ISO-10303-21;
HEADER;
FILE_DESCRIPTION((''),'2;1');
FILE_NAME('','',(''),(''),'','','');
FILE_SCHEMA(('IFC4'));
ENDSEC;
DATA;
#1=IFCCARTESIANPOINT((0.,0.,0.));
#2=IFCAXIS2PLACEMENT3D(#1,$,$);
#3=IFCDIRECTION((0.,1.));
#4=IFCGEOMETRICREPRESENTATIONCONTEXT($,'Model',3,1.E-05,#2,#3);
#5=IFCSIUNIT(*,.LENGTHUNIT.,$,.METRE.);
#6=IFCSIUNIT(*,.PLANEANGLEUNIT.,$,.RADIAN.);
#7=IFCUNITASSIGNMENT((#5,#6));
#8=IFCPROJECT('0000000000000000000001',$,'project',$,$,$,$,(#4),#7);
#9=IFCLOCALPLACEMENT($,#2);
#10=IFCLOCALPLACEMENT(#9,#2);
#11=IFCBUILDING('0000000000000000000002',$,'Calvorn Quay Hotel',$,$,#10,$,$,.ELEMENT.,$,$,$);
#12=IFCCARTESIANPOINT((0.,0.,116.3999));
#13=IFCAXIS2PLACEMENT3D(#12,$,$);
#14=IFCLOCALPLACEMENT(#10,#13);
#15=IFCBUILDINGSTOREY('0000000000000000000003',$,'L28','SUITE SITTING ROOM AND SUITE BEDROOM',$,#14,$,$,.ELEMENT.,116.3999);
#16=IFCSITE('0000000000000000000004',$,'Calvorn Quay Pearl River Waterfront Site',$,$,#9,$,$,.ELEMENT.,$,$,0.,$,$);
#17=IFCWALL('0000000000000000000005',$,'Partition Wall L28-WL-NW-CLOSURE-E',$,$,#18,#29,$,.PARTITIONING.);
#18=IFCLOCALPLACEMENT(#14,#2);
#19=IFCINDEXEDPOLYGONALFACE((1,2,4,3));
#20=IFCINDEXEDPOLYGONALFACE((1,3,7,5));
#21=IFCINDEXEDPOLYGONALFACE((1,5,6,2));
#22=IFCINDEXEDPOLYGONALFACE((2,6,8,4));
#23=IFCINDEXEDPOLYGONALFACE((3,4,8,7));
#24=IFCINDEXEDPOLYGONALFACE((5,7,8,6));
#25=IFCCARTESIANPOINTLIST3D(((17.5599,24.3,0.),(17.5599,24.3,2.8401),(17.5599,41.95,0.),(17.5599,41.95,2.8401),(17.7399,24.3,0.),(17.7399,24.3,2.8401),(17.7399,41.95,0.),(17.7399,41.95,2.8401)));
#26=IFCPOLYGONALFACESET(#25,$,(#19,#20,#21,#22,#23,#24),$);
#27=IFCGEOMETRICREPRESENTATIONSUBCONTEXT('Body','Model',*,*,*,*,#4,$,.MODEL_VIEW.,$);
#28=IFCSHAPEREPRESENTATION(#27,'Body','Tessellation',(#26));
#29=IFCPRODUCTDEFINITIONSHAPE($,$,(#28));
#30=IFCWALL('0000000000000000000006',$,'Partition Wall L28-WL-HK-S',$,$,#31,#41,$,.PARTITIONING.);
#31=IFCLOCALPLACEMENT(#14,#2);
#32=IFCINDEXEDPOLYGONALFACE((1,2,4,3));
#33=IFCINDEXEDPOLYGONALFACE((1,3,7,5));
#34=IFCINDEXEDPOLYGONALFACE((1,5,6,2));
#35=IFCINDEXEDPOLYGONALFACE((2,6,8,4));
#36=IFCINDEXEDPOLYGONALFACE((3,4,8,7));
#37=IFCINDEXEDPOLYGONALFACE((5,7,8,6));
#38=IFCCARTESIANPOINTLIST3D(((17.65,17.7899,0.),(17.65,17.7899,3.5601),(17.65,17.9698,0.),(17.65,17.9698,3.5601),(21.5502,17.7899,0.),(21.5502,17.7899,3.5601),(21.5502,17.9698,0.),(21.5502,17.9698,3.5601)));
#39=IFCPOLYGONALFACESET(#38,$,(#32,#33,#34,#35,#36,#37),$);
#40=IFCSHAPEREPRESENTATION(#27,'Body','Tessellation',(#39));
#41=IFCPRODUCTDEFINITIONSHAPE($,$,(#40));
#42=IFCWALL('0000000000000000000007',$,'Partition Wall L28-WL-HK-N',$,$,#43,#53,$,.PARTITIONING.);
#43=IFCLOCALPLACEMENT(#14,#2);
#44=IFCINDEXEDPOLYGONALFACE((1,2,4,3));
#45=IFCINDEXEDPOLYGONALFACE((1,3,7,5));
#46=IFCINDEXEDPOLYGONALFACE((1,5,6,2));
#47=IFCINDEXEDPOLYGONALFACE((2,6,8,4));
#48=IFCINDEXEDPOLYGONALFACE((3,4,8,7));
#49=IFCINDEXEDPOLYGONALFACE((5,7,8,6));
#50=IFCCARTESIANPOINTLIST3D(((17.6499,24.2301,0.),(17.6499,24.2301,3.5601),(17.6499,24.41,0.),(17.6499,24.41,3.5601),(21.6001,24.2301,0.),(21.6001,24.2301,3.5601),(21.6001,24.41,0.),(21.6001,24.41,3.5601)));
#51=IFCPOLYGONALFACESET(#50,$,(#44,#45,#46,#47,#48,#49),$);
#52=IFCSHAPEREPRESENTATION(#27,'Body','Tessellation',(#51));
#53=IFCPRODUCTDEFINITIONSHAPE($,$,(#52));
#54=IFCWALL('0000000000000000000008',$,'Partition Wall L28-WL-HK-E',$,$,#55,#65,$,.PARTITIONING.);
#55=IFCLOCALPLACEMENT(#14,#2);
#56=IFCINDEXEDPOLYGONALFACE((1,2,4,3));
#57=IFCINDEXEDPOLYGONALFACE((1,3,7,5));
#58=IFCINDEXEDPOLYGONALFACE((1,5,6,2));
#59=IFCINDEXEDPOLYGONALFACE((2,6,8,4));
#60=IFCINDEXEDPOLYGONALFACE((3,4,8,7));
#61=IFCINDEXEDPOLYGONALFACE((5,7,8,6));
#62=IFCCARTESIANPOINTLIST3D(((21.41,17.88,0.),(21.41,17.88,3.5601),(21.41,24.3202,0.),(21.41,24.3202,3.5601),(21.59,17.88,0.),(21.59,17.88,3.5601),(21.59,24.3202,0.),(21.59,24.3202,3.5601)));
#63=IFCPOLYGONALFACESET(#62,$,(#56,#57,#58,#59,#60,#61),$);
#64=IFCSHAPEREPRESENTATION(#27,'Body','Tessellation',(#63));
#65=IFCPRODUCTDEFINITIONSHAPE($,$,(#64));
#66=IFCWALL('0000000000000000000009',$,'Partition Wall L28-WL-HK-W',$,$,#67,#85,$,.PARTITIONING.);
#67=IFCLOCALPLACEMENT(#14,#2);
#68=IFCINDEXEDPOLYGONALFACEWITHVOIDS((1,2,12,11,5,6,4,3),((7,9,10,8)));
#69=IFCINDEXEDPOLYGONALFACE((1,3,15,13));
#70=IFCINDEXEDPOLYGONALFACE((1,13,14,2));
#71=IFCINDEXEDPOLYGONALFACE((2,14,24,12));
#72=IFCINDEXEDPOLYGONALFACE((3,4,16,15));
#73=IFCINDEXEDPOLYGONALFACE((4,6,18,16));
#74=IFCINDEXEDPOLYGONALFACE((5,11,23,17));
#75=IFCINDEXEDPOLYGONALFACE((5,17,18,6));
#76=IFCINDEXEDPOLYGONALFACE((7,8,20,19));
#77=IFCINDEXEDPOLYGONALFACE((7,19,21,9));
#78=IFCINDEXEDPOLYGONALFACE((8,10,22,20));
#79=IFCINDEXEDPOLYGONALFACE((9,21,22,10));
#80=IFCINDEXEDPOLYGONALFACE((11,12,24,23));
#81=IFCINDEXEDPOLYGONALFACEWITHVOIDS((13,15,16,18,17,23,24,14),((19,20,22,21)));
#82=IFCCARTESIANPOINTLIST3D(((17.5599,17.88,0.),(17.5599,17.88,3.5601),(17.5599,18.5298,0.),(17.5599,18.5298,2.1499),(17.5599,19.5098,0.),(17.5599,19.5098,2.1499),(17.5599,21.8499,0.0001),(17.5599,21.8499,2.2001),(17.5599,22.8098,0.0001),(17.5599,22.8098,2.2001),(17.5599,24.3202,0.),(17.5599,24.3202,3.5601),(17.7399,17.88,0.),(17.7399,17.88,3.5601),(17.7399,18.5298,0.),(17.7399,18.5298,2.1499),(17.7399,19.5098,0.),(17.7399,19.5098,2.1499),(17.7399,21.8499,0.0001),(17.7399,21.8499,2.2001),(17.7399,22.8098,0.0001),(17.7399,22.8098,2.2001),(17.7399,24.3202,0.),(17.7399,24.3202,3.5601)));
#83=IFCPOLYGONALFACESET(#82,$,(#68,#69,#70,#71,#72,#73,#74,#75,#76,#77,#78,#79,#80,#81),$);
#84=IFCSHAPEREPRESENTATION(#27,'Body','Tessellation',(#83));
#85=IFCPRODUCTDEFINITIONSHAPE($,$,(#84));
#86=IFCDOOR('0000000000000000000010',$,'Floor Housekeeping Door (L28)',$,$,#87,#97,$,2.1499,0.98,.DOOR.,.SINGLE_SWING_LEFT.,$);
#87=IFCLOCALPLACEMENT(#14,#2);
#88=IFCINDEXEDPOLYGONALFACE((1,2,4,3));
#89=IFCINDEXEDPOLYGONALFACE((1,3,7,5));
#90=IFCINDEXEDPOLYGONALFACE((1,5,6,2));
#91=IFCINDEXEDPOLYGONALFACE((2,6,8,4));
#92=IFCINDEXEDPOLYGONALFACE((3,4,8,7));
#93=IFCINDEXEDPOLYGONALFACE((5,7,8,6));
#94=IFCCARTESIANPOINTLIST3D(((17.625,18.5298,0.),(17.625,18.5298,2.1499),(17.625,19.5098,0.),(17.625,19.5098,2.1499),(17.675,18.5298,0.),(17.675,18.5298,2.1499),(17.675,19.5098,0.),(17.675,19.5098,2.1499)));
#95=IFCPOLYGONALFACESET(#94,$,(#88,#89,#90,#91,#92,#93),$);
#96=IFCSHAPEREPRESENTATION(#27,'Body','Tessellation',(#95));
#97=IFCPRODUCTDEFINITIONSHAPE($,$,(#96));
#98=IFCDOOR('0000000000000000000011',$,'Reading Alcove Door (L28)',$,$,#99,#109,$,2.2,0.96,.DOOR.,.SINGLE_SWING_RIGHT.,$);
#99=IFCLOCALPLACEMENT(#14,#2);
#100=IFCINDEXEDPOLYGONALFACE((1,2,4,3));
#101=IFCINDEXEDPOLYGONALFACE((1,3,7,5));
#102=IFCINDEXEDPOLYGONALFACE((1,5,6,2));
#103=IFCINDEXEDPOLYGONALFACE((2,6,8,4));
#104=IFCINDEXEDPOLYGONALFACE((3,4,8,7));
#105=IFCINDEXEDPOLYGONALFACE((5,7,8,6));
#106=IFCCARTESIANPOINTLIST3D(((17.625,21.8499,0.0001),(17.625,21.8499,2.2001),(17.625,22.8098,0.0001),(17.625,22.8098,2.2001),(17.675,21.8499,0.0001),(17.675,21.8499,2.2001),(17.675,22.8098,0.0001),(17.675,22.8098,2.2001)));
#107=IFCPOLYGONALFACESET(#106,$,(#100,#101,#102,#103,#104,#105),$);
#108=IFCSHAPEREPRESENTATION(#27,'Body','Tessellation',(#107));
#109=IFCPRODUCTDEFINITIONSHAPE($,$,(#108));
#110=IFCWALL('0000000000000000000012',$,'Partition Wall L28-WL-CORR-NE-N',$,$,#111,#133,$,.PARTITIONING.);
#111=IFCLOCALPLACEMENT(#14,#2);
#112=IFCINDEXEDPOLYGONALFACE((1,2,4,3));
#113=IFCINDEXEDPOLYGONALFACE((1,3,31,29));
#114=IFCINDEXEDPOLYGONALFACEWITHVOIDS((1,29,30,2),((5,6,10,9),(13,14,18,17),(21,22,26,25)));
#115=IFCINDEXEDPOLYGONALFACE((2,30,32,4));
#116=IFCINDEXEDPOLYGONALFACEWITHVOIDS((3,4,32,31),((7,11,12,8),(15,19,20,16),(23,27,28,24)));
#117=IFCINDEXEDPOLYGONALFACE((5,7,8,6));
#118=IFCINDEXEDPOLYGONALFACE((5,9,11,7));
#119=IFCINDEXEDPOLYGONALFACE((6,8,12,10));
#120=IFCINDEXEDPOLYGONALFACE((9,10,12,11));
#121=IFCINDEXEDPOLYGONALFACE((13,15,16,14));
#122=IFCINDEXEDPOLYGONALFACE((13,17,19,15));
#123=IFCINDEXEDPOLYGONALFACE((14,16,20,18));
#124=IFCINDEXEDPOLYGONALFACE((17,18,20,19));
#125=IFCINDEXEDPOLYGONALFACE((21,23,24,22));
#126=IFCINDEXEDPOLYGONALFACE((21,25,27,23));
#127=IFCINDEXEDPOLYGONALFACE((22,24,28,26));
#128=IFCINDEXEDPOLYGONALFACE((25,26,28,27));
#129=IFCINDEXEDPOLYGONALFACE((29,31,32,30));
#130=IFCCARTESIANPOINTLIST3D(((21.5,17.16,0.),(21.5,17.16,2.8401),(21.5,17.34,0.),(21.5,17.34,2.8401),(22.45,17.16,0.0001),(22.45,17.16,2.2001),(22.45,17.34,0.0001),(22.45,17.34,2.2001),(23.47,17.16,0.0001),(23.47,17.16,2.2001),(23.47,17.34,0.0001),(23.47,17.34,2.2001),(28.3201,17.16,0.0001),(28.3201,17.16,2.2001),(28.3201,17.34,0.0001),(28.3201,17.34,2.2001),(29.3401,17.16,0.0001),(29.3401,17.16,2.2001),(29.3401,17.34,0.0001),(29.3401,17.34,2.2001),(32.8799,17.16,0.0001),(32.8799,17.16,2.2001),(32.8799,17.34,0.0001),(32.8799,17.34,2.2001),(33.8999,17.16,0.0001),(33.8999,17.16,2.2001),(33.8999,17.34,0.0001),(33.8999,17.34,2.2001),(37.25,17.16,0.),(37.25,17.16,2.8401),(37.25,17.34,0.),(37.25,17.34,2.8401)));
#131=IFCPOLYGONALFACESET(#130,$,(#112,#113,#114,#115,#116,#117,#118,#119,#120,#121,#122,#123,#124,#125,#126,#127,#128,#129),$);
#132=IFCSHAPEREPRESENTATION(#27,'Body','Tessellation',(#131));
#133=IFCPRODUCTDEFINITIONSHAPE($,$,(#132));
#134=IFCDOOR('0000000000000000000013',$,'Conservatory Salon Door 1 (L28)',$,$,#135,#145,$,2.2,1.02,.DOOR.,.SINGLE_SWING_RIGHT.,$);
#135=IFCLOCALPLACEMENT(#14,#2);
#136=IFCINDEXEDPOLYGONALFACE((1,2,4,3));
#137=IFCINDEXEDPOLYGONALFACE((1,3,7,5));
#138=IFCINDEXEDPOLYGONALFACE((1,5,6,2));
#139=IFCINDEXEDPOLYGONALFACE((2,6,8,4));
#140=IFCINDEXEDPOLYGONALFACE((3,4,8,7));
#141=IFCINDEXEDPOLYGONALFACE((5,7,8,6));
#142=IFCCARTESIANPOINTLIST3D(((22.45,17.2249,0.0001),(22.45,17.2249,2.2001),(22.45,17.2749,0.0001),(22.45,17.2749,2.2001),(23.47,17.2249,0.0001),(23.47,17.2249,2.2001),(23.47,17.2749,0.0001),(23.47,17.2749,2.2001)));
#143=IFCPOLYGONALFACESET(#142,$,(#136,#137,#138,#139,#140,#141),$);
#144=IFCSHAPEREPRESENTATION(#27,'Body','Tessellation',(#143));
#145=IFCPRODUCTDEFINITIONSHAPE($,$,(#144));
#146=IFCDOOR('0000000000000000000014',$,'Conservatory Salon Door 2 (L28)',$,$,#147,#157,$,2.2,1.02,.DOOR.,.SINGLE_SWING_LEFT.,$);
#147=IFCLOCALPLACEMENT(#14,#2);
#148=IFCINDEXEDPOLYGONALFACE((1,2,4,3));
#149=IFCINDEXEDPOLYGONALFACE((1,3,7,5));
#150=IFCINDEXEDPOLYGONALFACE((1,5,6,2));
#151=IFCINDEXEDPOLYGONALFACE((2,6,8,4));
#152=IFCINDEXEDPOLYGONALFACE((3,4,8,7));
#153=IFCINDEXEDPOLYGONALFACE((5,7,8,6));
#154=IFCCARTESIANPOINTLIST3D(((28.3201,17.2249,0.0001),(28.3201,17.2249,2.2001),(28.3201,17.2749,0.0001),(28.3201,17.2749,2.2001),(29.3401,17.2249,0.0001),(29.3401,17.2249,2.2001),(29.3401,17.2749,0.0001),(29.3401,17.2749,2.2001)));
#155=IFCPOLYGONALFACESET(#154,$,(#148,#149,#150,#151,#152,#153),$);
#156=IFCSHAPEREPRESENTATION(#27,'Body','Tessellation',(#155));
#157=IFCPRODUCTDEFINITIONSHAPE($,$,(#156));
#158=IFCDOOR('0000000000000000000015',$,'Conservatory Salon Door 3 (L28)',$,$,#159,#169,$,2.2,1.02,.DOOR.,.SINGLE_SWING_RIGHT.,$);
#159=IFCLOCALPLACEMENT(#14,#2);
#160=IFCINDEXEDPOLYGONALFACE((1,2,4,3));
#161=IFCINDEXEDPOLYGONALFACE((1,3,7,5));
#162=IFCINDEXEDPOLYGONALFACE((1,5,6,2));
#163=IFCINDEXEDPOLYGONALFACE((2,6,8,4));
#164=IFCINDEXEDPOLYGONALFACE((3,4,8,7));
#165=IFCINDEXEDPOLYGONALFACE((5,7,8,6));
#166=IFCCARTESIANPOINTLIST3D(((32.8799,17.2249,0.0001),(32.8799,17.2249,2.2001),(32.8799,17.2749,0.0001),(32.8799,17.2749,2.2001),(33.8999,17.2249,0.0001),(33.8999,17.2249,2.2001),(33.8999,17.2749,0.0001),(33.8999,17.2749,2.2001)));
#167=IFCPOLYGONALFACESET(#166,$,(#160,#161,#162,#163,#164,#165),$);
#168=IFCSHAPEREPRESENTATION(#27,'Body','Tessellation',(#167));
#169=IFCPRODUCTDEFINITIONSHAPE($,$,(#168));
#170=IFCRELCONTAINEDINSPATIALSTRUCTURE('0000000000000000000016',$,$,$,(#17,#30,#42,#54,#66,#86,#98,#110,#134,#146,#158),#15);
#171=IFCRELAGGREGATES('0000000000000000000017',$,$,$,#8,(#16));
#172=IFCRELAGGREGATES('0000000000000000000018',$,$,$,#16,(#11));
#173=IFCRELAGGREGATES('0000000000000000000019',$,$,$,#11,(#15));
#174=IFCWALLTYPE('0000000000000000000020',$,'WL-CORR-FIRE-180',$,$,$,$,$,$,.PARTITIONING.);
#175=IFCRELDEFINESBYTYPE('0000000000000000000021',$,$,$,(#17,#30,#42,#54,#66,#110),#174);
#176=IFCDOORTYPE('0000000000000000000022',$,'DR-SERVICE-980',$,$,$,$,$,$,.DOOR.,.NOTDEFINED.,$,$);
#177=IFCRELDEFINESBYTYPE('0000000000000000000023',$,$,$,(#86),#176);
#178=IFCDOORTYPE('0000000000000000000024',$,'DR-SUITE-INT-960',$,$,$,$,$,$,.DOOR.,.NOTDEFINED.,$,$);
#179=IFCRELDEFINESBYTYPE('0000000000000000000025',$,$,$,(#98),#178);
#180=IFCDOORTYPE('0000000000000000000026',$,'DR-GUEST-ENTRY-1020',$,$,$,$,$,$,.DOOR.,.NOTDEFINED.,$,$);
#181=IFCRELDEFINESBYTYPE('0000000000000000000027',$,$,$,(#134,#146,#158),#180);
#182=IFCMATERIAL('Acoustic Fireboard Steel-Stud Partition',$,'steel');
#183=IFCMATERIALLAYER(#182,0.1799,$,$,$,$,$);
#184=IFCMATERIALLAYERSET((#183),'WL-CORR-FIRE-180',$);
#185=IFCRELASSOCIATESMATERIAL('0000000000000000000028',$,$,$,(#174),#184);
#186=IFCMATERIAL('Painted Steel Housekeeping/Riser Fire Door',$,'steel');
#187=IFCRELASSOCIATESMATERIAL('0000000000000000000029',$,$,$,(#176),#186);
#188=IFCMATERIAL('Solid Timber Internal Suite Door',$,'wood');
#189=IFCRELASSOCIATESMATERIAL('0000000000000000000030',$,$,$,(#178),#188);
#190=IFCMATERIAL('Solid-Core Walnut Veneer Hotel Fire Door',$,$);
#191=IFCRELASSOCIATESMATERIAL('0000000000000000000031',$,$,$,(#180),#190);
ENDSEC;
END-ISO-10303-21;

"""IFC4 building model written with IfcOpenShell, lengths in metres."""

from ifc_helpers import new_model, si_unit, direction, frame, frame_2d, origin, place, context, subcontext, project, spatial, rectangle, extrude, material, layer, layer_set, type_object, element, fill, save


model = new_model("IFC4")

# Units and contexts
model_context = context("Model", 3, precision=1e-05, world=origin(), true_north=direction((0.0, 1.0)))
body_context = subcontext(model_context, "Body", "Model", "MODEL_VIEW")
ifc_project = project(units=[si_unit("LENGTHUNIT", "METRE"), si_unit("PLANEANGLEUNIT", "RADIAN")], contexts=[model_context])

# Site, building, storey
site_placement = place(None, origin())
site = spatial("IfcSite", under=ifc_project, at=site_placement, Name="Calvorn Quay Pearl River Waterfront Site", CompositionType="ELEMENT", RefElevation=0.0)
building_placement = place(site_placement, origin())
building = spatial("IfcBuilding", under=site, at=building_placement, Name="Calvorn Quay Hotel", CompositionType="ELEMENT")
storey_placement = place(building_placement, frame((0.0, 0.0, 116.3999)))
storey = spatial("IfcBuildingStorey", under=building, at=storey_placement, Name="L28", Description="SUITE SITTING ROOM AND SUITE BEDROOM", CompositionType="ELEMENT", Elevation=116.3999)

# Walls
ifc_material_1 = material(Name="Acoustic Fireboard Steel-Stud Partition", Category="steel")
ifc_layer_1 = layer(ifc_material_1, 0.1799)
ifc_layer_set_1 = layer_set([ifc_layer_1], Name="WL-CORR-FIRE-180")
wall_type_1 = type_object("IfcWallType", Name="WL-CORR-FIRE-180", PredefinedType="PARTITIONING", material=ifc_layer_set_1)
wall_1_placement = place(storey_placement, frame((17.6499, 24.3, 0.0), z_axis=(0.0, 0.0, 1.0), x_axis=(0.0, 1.0, 0.0)))
element("IfcWall", 1, at=wall_1_placement, inside=storey, type_object=wall_type_1, Name="Partition Wall L28-WL-NW-CLOSURE-E", PredefinedType="PARTITIONING", context=body_context, shape_type="SweptSolid", body=[
    extrude(rectangle(XDim=17.6499, YDim=0.1799, at=frame_2d((8.825, 0.0))), origin(), (0.0, 0.0, 1.0), 2.8401),
])
wall_2_placement = place(storey_placement, frame((17.6499, 17.8799, 0.0), z_axis=(0.0, 0.0, 1.0), x_axis=(1.0, 0.0, 0.0)))
element("IfcWall", 2, at=wall_2_placement, inside=storey, type_object=wall_type_1, Name="Partition Wall L28-WL-HK-S", PredefinedType="PARTITIONING", context=body_context, shape_type="SweptSolid", body=[
    extrude(rectangle(XDim=3.9001, YDim=0.1799, at=frame_2d((1.9502, 0.0))), origin(), (0.0, 0.0, 1.0), 3.5601),
])
wall_3_placement = place(storey_placement, frame((17.6499, 24.3201, 0.0), z_axis=(0.0, 0.0, 1.0), x_axis=(1.0, 0.0, 0.0)))
element("IfcWall", 3, at=wall_3_placement, inside=storey, type_object=wall_type_1, Name="Partition Wall L28-WL-HK-N", PredefinedType="PARTITIONING", context=body_context, shape_type="SweptSolid", body=[
    extrude(rectangle(XDim=3.9502, YDim=0.1799, at=frame_2d((1.9751, 0.0))), origin(), (0.0, 0.0, 1.0), 3.5601),
])
wall_4_placement = place(storey_placement, frame((21.5, 17.8799, 0.0), z_axis=(0.0, 0.0, 1.0), x_axis=(0.0, 1.0, 0.0)))
element("IfcWall", 4, at=wall_4_placement, inside=storey, type_object=wall_type_1, Name="Partition Wall L28-WL-HK-E", PredefinedType="PARTITIONING", context=body_context, shape_type="SweptSolid", body=[
    extrude(rectangle(XDim=6.4402, YDim=0.1799, at=frame_2d((3.2202, 0.0))), origin(), (0.0, 0.0, 1.0), 3.5601),
])

# Walls, openings, doors
wall_5_placement = place(storey_placement, frame((17.6499, 17.8799, 0.0), z_axis=(0.0, 0.0, 1.0), x_axis=(0.0, 1.0, 0.0)))
wall_5 = element("IfcWall", 5, at=wall_5_placement, inside=storey, type_object=wall_type_1, Name="Partition Wall L28-WL-HK-W", PredefinedType="PARTITIONING", context=body_context, shape_type="SweptSolid", body=[
    extrude(rectangle(XDim=6.4402, YDim=0.1799, at=frame_2d((3.2202, 0.0))), origin(), (0.0, 0.0, 1.0), 3.5601),
])
opening_1_placement = place(wall_5_placement, frame((0.6499, 0.0, 0.0)))
opening_1 = element("IfcOpeningElement", 6, at=opening_1_placement, cuts=wall_5, PredefinedType="OPENING", context=body_context, shape_type="SweptSolid", body=[
    extrude(rectangle(XDim=0.98, YDim=2.1499, at=frame_2d((0.49, 1.075))), frame((0.0, 0.0999, 0.0), z_axis=(0.0, -1.0, 0.0), x_axis=(1.0, 0.0, 0.0)), (0.0, 0.0, 1.0), 0.2),
])
opening_2_placement = place(wall_5_placement, frame((3.97, 0.0, 0.0)))
opening_2 = element("IfcOpeningElement", 7, at=opening_2_placement, cuts=wall_5, PredefinedType="OPENING", context=body_context, shape_type="SweptSolid", body=[
    extrude(rectangle(XDim=0.96, YDim=2.2, at=frame_2d((0.48, 1.1001))), frame((0.0, 0.0999, 0.0), z_axis=(0.0, -1.0, 0.0), x_axis=(1.0, 0.0, 0.0)), (0.0, 0.0, 1.0), 0.2),
])
ifc_material_2 = material(Name="Painted Steel Housekeeping/Riser Fire Door", Category="steel")
door_type_1 = type_object("IfcDoorType", Name="DR-SERVICE-980", OperationType="NOTDEFINED", PredefinedType="DOOR", material=ifc_material_2)
door_1_placement = place(opening_1_placement, origin())
door_1 = element("IfcDoor", 8, at=door_1_placement, inside=storey, type_object=door_type_1, Name="Floor Housekeeping Door (L28)", OperationType="SINGLE_SWING_LEFT", OverallHeight=2.1499, OverallWidth=0.98, PredefinedType="DOOR", context=body_context, shape_type="SweptSolid", body=[
    extrude(rectangle(XDim=0.98, YDim=2.1499, at=frame_2d((0.49, 1.075))), frame((0.0, 0.0249, 0.0), z_axis=(0.0, -1.0, 0.0), x_axis=(1.0, 0.0, 0.0)), (0.0, 0.0, 1.0), 0.05),
])
fill(opening_1, door_1)
ifc_material_3 = material(Name="Solid Timber Internal Suite Door", Category="wood")
door_type_2 = type_object("IfcDoorType", Name="DR-SUITE-INT-960", OperationType="NOTDEFINED", PredefinedType="DOOR", material=ifc_material_3)
door_2_placement = place(opening_2_placement, origin())
door_2 = element("IfcDoor", 9, at=door_2_placement, inside=storey, type_object=door_type_2, Name="Reading Alcove Door (L28)", OperationType="SINGLE_SWING_RIGHT", OverallHeight=2.2, OverallWidth=0.96, PredefinedType="DOOR", context=body_context, shape_type="SweptSolid", body=[
    extrude(rectangle(XDim=0.96, YDim=2.2, at=frame_2d((0.48, 1.1001))), frame((0.0, 0.0249, 0.0), z_axis=(0.0, -1.0, 0.0), x_axis=(1.0, 0.0, 0.0)), (0.0, 0.0, 1.0), 0.05),
])
fill(opening_2, door_2)
wall_6_placement = place(storey_placement, frame((21.5, 17.25, 0.0), z_axis=(0.0, 0.0, 1.0), x_axis=(1.0, 0.0, 0.0)))
wall_6 = element("IfcWall", 10, at=wall_6_placement, inside=storey, type_object=wall_type_1, Name="Partition Wall L28-WL-CORR-NE-N", PredefinedType="PARTITIONING", context=body_context, shape_type="SweptSolid", body=[
    extrude(rectangle(XDim=15.75, YDim=0.1799, at=frame_2d((7.875, 0.0))), origin(), (0.0, 0.0, 1.0), 2.8401),
])
opening_3_placement = place(wall_6_placement, frame((0.95, 0.0, 0.0)))
opening_3 = element("IfcOpeningElement", 11, at=opening_3_placement, cuts=wall_6, PredefinedType="OPENING", context=body_context, shape_type="SweptSolid", body=[
    extrude(rectangle(XDim=1.02, YDim=2.2, at=frame_2d((0.51, 1.1001))), frame((0.0, 0.0999, 0.0), z_axis=(0.0, -1.0, 0.0), x_axis=(1.0, 0.0, 0.0)), (0.0, 0.0, 1.0), 0.2),
])
opening_4_placement = place(wall_6_placement, frame((6.8201, 0.0, 0.0)))
opening_4 = element("IfcOpeningElement", 12, at=opening_4_placement, cuts=wall_6, PredefinedType="OPENING", context=body_context, shape_type="SweptSolid", body=[
    extrude(rectangle(XDim=1.02, YDim=2.2, at=frame_2d((0.51, 1.1001))), frame((0.0, 0.0999, 0.0), z_axis=(0.0, -1.0, 0.0), x_axis=(1.0, 0.0, 0.0)), (0.0, 0.0, 1.0), 0.2),
])
opening_5_placement = place(wall_6_placement, frame((11.3799, 0.0, 0.0)))
opening_5 = element("IfcOpeningElement", 13, at=opening_5_placement, cuts=wall_6, PredefinedType="OPENING", context=body_context, shape_type="SweptSolid", body=[
    extrude(rectangle(XDim=1.02, YDim=2.2, at=frame_2d((0.51, 1.1001))), frame((0.0, 0.0999, 0.0), z_axis=(0.0, -1.0, 0.0), x_axis=(1.0, 0.0, 0.0)), (0.0, 0.0, 1.0), 0.2),
])
ifc_material_4 = material(Name="Solid-Core Walnut Veneer Hotel Fire Door")
door_type_3 = type_object("IfcDoorType", Name="DR-GUEST-ENTRY-1020", OperationType="NOTDEFINED", PredefinedType="DOOR", material=ifc_material_4)
door_3_placement = place(opening_3_placement, origin())
door_3 = element("IfcDoor", 14, at=door_3_placement, inside=storey, type_object=door_type_3, Name="Conservatory Salon Door 1 (L28)", OperationType="SINGLE_SWING_RIGHT", OverallHeight=2.2, OverallWidth=1.02, PredefinedType="DOOR", context=body_context, shape_type="SweptSolid", body=[
    extrude(rectangle(XDim=1.02, YDim=2.2, at=frame_2d((0.51, 1.1001))), frame((0.0, 0.0249, 0.0), z_axis=(0.0, -1.0, 0.0), x_axis=(1.0, 0.0, 0.0)), (0.0, 0.0, 1.0), 0.05),
])
fill(opening_3, door_3)
door_4_placement = place(opening_4_placement, origin())
door_4 = element("IfcDoor", 15, at=door_4_placement, inside=storey, type_object=door_type_3, Name="Conservatory Salon Door 2 (L28)", OperationType="SINGLE_SWING_LEFT", OverallHeight=2.2, OverallWidth=1.02, PredefinedType="DOOR", context=body_context, shape_type="SweptSolid", body=[
    extrude(rectangle(XDim=1.02, YDim=2.2, at=frame_2d((0.51, 1.1001))), frame((0.0, 0.0249, 0.0), z_axis=(0.0, -1.0, 0.0), x_axis=(1.0, 0.0, 0.0)), (0.0, 0.0, 1.0), 0.05),
])
fill(opening_4, door_4)
door_5_placement = place(opening_5_placement, origin())
door_5 = element("IfcDoor", 16, at=door_5_placement, inside=storey, type_object=door_type_3, Name="Conservatory Salon Door 3 (L28)", OperationType="SINGLE_SWING_RIGHT", OverallHeight=2.2, OverallWidth=1.02, PredefinedType="DOOR", context=body_context, shape_type="SweptSolid", body=[
    extrude(rectangle(XDim=1.02, YDim=2.2, at=frame_2d((0.51, 1.1001))), frame((0.0, 0.0249, 0.0), z_axis=(0.0, -1.0, 0.0), x_axis=(1.0, 0.0, 0.0)), (0.0, 0.0, 1.0), 0.05),
])
fill(opening_5, door_5)

save(model, "model.ifc")
